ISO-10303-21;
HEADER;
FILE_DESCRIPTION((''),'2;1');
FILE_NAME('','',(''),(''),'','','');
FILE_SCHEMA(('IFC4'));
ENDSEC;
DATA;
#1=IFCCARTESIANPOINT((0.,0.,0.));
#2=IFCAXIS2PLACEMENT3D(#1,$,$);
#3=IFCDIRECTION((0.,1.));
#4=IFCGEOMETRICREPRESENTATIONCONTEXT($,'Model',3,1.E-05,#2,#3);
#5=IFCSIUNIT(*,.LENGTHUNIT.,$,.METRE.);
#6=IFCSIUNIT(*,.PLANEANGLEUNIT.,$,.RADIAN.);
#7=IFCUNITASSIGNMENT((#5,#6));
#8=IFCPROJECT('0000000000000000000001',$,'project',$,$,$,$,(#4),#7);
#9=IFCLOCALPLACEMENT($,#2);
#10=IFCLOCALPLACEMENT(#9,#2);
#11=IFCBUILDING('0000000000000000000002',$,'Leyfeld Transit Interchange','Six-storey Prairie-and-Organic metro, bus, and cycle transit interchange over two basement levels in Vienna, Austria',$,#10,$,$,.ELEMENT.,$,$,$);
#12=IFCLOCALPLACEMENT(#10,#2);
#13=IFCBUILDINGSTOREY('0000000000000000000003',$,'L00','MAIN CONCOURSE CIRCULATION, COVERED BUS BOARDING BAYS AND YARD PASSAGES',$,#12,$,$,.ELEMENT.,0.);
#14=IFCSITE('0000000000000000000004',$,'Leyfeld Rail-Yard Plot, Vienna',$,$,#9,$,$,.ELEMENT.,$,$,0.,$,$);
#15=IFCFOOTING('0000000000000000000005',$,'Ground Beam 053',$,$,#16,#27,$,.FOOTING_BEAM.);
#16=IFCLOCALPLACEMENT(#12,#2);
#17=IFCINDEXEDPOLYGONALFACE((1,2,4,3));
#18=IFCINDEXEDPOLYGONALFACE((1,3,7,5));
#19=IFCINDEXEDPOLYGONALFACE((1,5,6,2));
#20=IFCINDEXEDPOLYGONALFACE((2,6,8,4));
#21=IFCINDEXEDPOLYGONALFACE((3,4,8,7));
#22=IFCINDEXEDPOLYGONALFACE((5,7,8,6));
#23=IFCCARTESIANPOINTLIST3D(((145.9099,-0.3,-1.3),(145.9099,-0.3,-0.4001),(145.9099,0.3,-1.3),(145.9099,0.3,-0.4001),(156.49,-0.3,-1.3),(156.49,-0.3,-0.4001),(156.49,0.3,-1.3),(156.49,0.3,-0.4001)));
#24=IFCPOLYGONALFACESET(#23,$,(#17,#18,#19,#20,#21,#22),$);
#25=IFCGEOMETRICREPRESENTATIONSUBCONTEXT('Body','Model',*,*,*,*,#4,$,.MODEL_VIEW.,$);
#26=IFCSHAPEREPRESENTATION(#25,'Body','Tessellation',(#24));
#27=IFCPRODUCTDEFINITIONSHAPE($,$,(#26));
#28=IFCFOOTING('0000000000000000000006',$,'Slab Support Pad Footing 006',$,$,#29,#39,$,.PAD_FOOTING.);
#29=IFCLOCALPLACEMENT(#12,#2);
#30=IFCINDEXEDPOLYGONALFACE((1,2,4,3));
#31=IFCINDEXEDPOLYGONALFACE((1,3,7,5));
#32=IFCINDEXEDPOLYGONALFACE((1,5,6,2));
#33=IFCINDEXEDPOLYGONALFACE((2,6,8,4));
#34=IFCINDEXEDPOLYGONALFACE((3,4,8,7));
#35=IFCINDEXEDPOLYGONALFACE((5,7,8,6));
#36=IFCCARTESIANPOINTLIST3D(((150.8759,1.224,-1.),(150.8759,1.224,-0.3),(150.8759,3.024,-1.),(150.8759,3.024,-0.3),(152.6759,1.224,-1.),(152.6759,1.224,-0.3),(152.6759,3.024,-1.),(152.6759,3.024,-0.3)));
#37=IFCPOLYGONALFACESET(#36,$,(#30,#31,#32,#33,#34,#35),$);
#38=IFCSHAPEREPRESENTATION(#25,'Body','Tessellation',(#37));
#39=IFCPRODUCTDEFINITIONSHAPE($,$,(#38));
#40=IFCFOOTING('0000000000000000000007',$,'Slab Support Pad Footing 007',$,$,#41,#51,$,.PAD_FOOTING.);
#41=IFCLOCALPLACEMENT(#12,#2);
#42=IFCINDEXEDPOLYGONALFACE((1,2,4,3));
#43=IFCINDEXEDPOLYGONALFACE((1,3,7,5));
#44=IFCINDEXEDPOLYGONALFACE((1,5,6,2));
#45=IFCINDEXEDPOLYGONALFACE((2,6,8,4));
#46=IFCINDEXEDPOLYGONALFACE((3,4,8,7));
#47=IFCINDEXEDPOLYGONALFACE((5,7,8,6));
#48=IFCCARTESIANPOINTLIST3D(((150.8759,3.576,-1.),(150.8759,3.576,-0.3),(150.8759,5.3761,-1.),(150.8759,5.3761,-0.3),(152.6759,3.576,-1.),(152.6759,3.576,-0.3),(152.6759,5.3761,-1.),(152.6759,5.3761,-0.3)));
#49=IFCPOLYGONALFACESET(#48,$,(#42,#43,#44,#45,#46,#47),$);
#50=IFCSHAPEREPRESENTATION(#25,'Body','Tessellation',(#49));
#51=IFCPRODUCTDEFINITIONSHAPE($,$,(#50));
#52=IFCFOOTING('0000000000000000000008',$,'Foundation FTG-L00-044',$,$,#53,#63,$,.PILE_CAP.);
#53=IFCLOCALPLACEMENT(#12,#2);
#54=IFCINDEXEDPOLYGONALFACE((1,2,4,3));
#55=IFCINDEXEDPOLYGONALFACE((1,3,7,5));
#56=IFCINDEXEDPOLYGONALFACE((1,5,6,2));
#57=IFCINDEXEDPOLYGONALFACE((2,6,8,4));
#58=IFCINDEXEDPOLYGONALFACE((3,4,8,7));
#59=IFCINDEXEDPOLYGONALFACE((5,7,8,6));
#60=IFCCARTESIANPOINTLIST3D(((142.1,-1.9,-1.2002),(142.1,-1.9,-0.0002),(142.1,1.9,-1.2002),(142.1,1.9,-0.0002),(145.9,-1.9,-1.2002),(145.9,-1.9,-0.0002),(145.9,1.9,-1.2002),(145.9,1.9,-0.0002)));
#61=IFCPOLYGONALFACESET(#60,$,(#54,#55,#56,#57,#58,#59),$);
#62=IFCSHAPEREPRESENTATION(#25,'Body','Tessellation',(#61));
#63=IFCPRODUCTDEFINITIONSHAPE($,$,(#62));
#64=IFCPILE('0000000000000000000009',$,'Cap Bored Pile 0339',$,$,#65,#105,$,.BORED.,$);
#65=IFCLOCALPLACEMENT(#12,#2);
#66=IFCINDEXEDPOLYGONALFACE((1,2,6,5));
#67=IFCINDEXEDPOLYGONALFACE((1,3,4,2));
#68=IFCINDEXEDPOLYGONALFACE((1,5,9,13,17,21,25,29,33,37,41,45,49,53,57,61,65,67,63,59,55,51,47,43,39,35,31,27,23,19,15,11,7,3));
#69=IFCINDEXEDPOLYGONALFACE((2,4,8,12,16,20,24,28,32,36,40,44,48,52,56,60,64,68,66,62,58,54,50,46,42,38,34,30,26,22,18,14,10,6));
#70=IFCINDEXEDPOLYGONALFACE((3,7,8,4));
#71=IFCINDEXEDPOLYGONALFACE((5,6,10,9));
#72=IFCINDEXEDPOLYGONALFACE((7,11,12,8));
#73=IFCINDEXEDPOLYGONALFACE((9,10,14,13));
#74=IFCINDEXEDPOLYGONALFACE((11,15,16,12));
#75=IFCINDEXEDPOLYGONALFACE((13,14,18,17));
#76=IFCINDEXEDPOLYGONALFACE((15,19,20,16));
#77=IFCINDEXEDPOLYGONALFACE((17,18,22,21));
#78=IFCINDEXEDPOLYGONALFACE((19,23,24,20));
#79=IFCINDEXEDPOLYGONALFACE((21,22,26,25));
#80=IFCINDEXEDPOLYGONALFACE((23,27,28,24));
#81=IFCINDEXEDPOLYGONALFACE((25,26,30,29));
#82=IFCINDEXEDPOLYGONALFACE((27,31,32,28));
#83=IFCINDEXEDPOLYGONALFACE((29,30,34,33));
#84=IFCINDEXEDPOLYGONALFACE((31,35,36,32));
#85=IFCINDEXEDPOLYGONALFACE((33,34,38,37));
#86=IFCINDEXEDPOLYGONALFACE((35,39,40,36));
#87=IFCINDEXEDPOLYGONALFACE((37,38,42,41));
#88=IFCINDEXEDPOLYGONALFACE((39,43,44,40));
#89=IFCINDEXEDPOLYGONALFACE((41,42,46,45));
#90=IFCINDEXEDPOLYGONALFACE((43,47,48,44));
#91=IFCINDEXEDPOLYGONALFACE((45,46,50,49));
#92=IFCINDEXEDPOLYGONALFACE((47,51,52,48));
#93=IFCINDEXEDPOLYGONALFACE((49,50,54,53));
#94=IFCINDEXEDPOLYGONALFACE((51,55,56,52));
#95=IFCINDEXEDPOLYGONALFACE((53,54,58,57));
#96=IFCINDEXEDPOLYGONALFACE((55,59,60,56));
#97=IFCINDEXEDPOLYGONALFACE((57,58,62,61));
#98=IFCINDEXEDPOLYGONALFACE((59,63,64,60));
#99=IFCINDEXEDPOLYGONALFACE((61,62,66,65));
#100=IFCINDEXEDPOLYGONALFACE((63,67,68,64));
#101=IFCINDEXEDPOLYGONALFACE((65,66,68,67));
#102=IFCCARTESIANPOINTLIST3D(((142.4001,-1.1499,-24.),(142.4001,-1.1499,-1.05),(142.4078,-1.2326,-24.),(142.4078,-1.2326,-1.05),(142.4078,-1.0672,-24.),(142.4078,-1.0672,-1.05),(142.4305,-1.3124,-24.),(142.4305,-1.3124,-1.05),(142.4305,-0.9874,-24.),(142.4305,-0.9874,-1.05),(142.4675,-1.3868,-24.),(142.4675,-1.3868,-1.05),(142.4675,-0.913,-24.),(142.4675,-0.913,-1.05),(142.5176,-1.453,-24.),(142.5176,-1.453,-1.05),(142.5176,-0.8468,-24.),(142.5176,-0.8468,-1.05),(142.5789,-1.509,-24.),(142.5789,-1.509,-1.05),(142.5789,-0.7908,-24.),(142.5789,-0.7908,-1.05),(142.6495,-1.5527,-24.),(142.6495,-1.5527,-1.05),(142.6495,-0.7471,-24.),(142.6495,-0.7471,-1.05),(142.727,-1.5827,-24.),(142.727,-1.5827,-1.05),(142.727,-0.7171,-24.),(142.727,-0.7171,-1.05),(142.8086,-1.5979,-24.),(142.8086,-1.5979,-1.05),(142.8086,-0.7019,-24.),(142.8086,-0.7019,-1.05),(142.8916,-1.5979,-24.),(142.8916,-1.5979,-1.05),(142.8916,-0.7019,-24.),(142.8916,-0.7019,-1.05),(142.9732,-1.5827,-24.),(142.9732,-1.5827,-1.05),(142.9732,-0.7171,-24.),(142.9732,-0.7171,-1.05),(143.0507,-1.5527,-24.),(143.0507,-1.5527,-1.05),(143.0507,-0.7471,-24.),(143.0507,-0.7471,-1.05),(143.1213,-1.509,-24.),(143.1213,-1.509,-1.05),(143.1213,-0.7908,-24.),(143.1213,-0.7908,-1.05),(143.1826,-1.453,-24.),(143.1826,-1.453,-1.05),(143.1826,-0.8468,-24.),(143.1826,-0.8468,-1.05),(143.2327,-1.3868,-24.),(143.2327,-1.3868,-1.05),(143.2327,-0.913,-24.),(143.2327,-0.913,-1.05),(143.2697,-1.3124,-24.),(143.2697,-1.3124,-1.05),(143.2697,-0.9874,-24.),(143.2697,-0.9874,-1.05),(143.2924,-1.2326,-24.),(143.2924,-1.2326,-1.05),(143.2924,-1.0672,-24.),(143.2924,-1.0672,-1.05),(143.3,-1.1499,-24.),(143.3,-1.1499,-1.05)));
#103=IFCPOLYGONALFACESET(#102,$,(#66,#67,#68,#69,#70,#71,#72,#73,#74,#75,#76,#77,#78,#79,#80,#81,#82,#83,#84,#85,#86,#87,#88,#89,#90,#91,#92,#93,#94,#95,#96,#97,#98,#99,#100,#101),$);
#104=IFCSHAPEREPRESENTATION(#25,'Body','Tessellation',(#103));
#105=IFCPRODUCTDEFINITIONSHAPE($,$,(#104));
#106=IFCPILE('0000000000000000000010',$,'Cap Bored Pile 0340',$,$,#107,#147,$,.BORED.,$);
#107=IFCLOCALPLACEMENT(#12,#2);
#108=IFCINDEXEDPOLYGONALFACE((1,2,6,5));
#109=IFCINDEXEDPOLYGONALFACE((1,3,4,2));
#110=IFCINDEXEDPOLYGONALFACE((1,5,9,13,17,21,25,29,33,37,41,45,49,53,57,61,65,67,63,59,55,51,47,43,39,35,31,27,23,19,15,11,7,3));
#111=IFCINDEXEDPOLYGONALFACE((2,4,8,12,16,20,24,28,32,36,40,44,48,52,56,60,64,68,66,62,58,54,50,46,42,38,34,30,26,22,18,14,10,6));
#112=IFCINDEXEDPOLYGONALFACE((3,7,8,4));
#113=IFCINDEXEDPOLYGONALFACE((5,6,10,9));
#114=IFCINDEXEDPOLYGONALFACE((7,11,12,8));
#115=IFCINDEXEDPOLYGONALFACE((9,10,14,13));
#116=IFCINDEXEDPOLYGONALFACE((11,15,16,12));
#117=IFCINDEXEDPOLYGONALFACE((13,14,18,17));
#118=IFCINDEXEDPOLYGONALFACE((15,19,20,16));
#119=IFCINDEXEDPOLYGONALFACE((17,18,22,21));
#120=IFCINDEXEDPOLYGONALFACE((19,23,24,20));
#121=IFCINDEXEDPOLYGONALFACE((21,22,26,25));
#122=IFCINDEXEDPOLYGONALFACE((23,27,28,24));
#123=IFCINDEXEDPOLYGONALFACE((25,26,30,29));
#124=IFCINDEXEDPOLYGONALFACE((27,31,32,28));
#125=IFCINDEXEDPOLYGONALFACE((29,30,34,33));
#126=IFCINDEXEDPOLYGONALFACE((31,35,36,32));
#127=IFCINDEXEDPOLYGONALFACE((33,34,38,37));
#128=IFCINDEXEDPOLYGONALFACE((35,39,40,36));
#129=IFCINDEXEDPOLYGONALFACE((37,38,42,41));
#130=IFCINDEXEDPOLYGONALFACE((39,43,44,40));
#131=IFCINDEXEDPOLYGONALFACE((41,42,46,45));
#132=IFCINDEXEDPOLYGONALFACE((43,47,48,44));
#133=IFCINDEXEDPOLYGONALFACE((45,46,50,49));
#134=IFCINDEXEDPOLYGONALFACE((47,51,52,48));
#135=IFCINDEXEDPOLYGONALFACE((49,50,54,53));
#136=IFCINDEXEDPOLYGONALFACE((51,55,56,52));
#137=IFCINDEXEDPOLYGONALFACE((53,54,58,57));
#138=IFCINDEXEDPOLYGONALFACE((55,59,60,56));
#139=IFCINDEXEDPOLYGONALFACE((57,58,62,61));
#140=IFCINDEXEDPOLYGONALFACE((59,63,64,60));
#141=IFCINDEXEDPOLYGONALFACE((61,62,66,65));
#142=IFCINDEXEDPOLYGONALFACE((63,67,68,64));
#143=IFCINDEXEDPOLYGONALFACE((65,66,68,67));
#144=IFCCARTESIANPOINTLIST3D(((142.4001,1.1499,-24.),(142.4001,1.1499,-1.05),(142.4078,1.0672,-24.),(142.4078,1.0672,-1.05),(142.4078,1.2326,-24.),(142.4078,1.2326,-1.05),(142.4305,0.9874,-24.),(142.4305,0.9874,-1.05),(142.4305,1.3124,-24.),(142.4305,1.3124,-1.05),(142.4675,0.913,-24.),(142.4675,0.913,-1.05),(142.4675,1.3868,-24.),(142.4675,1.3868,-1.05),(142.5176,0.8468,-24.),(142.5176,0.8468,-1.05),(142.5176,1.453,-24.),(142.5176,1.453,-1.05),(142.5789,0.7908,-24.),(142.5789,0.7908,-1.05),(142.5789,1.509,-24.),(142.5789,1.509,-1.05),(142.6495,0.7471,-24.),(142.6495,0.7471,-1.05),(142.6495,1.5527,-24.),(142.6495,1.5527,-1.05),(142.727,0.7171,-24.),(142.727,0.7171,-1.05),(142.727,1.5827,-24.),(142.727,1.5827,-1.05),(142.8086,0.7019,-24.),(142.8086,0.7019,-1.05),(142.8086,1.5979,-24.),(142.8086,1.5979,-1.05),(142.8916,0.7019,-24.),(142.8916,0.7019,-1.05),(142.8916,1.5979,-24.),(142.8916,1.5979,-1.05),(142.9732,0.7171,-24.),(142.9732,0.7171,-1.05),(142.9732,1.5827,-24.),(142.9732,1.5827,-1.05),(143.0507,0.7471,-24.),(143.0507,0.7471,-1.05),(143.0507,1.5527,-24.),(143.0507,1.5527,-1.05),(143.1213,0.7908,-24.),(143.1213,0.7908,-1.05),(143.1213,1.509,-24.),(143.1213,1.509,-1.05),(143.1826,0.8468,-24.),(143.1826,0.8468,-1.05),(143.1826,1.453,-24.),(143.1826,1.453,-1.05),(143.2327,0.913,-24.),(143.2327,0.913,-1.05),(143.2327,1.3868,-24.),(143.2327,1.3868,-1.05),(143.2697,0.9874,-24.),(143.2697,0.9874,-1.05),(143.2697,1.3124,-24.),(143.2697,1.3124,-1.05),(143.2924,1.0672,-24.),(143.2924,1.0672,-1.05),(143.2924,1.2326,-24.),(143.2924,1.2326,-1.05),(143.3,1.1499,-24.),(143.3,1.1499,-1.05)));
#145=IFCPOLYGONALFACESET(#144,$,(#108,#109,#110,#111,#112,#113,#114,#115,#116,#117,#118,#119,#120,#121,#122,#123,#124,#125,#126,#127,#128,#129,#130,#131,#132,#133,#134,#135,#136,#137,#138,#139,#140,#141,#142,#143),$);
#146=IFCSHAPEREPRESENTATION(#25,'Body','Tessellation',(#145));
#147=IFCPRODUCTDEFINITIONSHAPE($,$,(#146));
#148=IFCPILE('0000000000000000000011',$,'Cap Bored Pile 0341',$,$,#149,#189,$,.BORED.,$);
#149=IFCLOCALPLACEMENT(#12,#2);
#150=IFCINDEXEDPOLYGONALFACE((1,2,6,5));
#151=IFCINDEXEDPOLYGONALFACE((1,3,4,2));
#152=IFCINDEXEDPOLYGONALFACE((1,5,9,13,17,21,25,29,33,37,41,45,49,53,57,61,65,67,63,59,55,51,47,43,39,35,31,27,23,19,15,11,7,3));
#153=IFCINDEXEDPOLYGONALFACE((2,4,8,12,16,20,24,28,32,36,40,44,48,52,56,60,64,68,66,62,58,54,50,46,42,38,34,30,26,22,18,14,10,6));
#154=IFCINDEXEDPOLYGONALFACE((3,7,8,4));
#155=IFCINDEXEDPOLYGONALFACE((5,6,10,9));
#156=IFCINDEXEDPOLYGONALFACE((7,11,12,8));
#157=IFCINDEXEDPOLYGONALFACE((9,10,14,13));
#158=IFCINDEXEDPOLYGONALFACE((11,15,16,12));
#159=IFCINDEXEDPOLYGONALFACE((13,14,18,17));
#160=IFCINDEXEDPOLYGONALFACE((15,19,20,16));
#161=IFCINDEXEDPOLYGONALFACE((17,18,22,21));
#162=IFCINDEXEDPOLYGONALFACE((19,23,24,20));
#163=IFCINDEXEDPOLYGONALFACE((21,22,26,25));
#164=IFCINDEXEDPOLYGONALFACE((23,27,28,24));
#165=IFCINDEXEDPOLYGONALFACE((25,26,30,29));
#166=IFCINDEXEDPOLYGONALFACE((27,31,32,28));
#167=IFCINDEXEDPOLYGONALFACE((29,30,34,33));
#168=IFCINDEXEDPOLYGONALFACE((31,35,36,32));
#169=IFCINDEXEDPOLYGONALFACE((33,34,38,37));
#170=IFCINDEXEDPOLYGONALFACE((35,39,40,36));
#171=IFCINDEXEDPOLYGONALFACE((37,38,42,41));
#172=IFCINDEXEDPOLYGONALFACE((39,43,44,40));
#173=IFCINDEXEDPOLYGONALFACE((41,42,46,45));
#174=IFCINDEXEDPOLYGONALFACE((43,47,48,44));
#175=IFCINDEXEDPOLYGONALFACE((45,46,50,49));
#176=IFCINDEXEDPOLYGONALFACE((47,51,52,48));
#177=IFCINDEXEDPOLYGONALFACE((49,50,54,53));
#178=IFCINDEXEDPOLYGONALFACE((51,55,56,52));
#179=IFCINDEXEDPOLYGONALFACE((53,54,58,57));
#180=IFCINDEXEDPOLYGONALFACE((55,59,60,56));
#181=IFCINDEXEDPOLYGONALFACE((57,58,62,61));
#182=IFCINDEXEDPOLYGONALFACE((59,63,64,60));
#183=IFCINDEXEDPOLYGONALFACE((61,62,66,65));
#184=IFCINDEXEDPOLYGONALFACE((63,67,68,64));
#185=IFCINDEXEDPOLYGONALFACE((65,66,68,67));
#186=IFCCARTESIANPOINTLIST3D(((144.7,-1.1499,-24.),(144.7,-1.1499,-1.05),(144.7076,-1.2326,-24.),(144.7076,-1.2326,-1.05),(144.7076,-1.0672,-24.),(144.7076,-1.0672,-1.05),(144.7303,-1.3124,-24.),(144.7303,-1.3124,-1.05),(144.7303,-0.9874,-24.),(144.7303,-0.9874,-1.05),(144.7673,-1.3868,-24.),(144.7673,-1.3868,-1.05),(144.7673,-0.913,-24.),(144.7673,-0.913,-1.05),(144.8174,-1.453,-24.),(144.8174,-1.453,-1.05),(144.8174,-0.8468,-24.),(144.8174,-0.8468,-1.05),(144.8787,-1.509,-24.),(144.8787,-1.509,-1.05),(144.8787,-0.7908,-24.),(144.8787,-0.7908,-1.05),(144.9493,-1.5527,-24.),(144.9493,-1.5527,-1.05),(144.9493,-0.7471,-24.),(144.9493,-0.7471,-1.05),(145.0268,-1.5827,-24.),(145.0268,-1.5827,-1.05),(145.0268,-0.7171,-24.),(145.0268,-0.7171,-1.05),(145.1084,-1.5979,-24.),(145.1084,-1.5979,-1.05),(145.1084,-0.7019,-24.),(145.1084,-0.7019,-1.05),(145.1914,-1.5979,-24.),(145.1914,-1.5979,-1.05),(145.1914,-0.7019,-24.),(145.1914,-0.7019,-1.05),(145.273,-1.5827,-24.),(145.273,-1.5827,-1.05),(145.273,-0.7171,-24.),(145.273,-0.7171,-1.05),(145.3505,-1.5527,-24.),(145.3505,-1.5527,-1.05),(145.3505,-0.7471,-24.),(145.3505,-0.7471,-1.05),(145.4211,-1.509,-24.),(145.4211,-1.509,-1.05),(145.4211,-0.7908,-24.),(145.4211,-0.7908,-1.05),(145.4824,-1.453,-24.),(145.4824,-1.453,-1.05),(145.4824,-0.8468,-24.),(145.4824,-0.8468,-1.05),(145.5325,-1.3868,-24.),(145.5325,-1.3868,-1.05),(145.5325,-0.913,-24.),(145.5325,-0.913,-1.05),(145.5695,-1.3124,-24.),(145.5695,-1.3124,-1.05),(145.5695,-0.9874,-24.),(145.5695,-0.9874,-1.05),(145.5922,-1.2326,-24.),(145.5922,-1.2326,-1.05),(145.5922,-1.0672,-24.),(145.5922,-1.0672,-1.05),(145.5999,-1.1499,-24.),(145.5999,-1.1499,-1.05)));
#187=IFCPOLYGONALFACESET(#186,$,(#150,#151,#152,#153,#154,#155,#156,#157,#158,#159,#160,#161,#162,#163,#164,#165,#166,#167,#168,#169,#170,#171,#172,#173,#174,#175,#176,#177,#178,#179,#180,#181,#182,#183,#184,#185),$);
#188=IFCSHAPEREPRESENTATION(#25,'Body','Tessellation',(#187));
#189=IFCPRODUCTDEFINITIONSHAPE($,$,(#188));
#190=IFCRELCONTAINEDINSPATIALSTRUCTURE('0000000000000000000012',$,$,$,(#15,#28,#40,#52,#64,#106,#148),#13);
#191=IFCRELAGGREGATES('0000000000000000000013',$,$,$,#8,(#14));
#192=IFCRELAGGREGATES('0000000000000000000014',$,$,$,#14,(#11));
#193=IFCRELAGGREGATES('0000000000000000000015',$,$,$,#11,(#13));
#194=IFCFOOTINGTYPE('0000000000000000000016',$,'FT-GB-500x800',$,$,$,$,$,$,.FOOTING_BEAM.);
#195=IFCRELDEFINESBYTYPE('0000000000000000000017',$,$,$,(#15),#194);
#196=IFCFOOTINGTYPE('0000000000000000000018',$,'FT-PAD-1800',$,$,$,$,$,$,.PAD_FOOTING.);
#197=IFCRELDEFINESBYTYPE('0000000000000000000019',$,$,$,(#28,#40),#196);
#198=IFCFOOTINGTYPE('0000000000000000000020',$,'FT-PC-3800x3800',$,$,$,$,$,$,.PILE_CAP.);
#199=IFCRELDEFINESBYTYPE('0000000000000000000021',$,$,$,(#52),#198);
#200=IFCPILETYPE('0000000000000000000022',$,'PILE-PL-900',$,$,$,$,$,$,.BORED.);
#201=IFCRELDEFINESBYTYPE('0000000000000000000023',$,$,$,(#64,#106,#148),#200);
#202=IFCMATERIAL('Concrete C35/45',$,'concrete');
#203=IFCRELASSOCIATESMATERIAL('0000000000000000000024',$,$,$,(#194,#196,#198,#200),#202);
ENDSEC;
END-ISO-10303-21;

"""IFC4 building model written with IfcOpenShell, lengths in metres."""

from ifc_helpers import new_model, si_unit, direction, frame, origin, origin_2d, place, context, subcontext, project, spatial, rectangle, circle, extrude, material, material_profile, profile_set, type_object, element, save


model = new_model("IFC4")

# Units and contexts
model_context = context("Model", 3, precision=1e-05, world=origin(), true_north=direction((0.0, 1.0)))
body_context = subcontext(model_context, "Body", "Model", "MODEL_VIEW")
ifc_project = project(units=[si_unit("LENGTHUNIT", "METRE"), si_unit("PLANEANGLEUNIT", "RADIAN")], contexts=[model_context])

# Site, building, storey
site_placement = place(None, origin())
site = spatial("IfcSite", under=ifc_project, at=site_placement, Name="Leyfeld Rail-Yard Plot, Vienna", CompositionType="ELEMENT", RefElevation=0.0)
building_placement = place(site_placement, origin())
building = spatial("IfcBuilding", under=site, at=building_placement, Name="Leyfeld Transit Interchange", Description="Six-storey Prairie-and-Organic metro, bus, and cycle transit interchange over two basement levels in Vienna, Austria", CompositionType="ELEMENT")
storey_placement = place(building_placement, origin())
storey = spatial("IfcBuildingStorey", under=building, at=storey_placement, Name="L00", Description="MAIN CONCOURSE CIRCULATION, COVERED BUS BOARDING BAYS AND YARD PASSAGES", CompositionType="ELEMENT", Elevation=0.0)

# Footings
ifc_material_1 = material(Name="Concrete C35/45", Category="concrete")
footing_type_1 = type_object("IfcFootingType", Name="FT-GB-500x800", PredefinedType="FOOTING_BEAM", material=ifc_material_1)
footing_1_placement = place(storey_placement, frame((151.2, 0.0, -1.3), z_axis=(0.0, 0.0, 1.0), x_axis=(1.0, 0.0, 0.0)))
element("IfcFooting", 1, at=footing_1_placement, inside=storey, type_object=footing_type_1, Name="Ground Beam 053", PredefinedType="FOOTING_BEAM", context=body_context, shape_type="SweptSolid", body=[
    extrude(rectangle(XDim=10.5801, YDim=0.6001, at=origin_2d()), origin(), (0.0, 0.0, 1.0), 0.8999),
])
footing_type_2 = type_object("IfcFootingType", Name="FT-PAD-1800", PredefinedType="PAD_FOOTING", material=ifc_material_1)
for number, where, z_axis, x_axis, name in (
    (2, (151.7759, 2.124, -1.0), (0.0, 0.0, 1.0), (1.0, 0.0, 0.0), "Slab Support Pad Footing 006"),
    (3, (151.7759, 4.4761, -1.0), (0.0, 0.0, 1.0), (1.0, 0.0, 0.0), "Slab Support Pad Footing 007"),
):
    element("IfcFooting", number, at=place(storey_placement, frame(where, z_axis=z_axis, x_axis=x_axis)), inside=storey, type_object=footing_type_2, Name=name, PredefinedType="PAD_FOOTING", context=body_context, shape_type="SweptSolid", body=[
        extrude(rectangle(XDim=1.8, YDim=1.8, at=origin_2d()), origin(), (0.0, 0.0, 1.0), 0.7),
    ])
footing_type_3 = type_object("IfcFootingType", Name="FT-PC-3800x3800", PredefinedType="PILE_CAP", material=ifc_material_1)
footing_2_placement = place(storey_placement, frame((144.0, 0.0, -1.2002), z_axis=(0.0, 0.0, 1.0), x_axis=(1.0, 0.0, 0.0)))
element("IfcFooting", 4, at=footing_2_placement, inside=storey, type_object=footing_type_3, Name="Foundation FTG-L00-044", PredefinedType="PILE_CAP", context=body_context, shape_type="SweptSolid", body=[
    extrude(rectangle(XDim=3.8, YDim=3.8, at=origin_2d()), origin(), (0.0, 0.0, 1.0), 1.2),
])

# Piles
ifc_material_profile_1 = material_profile(ifc_material_1, circle(Radius=0.45, at=origin_2d()), Name="PILE D900")
ifc_profile_set_1 = profile_set([ifc_material_profile_1], Name="Concrete C35/45")
pile_type = type_object("IfcPileType", Name="PILE-PL-900", PredefinedType="BORED", material=ifc_profile_set_1)
for number, where, z_axis, x_axis, name in (
    (5, (142.8501, -1.1499, -1.05), (0.0, 0.0, -1.0), (1.0, 0.0, 0.0), "Cap Bored Pile 0339"),
    (6, (142.8501, 1.1499, -1.05), (0.0, 0.0, -1.0), (1.0, 0.0, 0.0), "Cap Bored Pile 0340"),
    (7, (145.1499, -1.1499, -1.05), (0.0, 0.0, -1.0), (1.0, 0.0, 0.0), "Cap Bored Pile 0341"),
):
    element("IfcPile", number, at=place(storey_placement, frame(where, z_axis=z_axis, x_axis=x_axis)), inside=storey, type_object=pile_type, Name=name, PredefinedType="BORED", context=body_context, shape_type="SweptSolid", body=[
        extrude(circle(Radius=0.45, at=origin_2d()), origin(), (0.0, 0.0, 1.0), 22.95),
    ])

save(model, "model.ifc")
